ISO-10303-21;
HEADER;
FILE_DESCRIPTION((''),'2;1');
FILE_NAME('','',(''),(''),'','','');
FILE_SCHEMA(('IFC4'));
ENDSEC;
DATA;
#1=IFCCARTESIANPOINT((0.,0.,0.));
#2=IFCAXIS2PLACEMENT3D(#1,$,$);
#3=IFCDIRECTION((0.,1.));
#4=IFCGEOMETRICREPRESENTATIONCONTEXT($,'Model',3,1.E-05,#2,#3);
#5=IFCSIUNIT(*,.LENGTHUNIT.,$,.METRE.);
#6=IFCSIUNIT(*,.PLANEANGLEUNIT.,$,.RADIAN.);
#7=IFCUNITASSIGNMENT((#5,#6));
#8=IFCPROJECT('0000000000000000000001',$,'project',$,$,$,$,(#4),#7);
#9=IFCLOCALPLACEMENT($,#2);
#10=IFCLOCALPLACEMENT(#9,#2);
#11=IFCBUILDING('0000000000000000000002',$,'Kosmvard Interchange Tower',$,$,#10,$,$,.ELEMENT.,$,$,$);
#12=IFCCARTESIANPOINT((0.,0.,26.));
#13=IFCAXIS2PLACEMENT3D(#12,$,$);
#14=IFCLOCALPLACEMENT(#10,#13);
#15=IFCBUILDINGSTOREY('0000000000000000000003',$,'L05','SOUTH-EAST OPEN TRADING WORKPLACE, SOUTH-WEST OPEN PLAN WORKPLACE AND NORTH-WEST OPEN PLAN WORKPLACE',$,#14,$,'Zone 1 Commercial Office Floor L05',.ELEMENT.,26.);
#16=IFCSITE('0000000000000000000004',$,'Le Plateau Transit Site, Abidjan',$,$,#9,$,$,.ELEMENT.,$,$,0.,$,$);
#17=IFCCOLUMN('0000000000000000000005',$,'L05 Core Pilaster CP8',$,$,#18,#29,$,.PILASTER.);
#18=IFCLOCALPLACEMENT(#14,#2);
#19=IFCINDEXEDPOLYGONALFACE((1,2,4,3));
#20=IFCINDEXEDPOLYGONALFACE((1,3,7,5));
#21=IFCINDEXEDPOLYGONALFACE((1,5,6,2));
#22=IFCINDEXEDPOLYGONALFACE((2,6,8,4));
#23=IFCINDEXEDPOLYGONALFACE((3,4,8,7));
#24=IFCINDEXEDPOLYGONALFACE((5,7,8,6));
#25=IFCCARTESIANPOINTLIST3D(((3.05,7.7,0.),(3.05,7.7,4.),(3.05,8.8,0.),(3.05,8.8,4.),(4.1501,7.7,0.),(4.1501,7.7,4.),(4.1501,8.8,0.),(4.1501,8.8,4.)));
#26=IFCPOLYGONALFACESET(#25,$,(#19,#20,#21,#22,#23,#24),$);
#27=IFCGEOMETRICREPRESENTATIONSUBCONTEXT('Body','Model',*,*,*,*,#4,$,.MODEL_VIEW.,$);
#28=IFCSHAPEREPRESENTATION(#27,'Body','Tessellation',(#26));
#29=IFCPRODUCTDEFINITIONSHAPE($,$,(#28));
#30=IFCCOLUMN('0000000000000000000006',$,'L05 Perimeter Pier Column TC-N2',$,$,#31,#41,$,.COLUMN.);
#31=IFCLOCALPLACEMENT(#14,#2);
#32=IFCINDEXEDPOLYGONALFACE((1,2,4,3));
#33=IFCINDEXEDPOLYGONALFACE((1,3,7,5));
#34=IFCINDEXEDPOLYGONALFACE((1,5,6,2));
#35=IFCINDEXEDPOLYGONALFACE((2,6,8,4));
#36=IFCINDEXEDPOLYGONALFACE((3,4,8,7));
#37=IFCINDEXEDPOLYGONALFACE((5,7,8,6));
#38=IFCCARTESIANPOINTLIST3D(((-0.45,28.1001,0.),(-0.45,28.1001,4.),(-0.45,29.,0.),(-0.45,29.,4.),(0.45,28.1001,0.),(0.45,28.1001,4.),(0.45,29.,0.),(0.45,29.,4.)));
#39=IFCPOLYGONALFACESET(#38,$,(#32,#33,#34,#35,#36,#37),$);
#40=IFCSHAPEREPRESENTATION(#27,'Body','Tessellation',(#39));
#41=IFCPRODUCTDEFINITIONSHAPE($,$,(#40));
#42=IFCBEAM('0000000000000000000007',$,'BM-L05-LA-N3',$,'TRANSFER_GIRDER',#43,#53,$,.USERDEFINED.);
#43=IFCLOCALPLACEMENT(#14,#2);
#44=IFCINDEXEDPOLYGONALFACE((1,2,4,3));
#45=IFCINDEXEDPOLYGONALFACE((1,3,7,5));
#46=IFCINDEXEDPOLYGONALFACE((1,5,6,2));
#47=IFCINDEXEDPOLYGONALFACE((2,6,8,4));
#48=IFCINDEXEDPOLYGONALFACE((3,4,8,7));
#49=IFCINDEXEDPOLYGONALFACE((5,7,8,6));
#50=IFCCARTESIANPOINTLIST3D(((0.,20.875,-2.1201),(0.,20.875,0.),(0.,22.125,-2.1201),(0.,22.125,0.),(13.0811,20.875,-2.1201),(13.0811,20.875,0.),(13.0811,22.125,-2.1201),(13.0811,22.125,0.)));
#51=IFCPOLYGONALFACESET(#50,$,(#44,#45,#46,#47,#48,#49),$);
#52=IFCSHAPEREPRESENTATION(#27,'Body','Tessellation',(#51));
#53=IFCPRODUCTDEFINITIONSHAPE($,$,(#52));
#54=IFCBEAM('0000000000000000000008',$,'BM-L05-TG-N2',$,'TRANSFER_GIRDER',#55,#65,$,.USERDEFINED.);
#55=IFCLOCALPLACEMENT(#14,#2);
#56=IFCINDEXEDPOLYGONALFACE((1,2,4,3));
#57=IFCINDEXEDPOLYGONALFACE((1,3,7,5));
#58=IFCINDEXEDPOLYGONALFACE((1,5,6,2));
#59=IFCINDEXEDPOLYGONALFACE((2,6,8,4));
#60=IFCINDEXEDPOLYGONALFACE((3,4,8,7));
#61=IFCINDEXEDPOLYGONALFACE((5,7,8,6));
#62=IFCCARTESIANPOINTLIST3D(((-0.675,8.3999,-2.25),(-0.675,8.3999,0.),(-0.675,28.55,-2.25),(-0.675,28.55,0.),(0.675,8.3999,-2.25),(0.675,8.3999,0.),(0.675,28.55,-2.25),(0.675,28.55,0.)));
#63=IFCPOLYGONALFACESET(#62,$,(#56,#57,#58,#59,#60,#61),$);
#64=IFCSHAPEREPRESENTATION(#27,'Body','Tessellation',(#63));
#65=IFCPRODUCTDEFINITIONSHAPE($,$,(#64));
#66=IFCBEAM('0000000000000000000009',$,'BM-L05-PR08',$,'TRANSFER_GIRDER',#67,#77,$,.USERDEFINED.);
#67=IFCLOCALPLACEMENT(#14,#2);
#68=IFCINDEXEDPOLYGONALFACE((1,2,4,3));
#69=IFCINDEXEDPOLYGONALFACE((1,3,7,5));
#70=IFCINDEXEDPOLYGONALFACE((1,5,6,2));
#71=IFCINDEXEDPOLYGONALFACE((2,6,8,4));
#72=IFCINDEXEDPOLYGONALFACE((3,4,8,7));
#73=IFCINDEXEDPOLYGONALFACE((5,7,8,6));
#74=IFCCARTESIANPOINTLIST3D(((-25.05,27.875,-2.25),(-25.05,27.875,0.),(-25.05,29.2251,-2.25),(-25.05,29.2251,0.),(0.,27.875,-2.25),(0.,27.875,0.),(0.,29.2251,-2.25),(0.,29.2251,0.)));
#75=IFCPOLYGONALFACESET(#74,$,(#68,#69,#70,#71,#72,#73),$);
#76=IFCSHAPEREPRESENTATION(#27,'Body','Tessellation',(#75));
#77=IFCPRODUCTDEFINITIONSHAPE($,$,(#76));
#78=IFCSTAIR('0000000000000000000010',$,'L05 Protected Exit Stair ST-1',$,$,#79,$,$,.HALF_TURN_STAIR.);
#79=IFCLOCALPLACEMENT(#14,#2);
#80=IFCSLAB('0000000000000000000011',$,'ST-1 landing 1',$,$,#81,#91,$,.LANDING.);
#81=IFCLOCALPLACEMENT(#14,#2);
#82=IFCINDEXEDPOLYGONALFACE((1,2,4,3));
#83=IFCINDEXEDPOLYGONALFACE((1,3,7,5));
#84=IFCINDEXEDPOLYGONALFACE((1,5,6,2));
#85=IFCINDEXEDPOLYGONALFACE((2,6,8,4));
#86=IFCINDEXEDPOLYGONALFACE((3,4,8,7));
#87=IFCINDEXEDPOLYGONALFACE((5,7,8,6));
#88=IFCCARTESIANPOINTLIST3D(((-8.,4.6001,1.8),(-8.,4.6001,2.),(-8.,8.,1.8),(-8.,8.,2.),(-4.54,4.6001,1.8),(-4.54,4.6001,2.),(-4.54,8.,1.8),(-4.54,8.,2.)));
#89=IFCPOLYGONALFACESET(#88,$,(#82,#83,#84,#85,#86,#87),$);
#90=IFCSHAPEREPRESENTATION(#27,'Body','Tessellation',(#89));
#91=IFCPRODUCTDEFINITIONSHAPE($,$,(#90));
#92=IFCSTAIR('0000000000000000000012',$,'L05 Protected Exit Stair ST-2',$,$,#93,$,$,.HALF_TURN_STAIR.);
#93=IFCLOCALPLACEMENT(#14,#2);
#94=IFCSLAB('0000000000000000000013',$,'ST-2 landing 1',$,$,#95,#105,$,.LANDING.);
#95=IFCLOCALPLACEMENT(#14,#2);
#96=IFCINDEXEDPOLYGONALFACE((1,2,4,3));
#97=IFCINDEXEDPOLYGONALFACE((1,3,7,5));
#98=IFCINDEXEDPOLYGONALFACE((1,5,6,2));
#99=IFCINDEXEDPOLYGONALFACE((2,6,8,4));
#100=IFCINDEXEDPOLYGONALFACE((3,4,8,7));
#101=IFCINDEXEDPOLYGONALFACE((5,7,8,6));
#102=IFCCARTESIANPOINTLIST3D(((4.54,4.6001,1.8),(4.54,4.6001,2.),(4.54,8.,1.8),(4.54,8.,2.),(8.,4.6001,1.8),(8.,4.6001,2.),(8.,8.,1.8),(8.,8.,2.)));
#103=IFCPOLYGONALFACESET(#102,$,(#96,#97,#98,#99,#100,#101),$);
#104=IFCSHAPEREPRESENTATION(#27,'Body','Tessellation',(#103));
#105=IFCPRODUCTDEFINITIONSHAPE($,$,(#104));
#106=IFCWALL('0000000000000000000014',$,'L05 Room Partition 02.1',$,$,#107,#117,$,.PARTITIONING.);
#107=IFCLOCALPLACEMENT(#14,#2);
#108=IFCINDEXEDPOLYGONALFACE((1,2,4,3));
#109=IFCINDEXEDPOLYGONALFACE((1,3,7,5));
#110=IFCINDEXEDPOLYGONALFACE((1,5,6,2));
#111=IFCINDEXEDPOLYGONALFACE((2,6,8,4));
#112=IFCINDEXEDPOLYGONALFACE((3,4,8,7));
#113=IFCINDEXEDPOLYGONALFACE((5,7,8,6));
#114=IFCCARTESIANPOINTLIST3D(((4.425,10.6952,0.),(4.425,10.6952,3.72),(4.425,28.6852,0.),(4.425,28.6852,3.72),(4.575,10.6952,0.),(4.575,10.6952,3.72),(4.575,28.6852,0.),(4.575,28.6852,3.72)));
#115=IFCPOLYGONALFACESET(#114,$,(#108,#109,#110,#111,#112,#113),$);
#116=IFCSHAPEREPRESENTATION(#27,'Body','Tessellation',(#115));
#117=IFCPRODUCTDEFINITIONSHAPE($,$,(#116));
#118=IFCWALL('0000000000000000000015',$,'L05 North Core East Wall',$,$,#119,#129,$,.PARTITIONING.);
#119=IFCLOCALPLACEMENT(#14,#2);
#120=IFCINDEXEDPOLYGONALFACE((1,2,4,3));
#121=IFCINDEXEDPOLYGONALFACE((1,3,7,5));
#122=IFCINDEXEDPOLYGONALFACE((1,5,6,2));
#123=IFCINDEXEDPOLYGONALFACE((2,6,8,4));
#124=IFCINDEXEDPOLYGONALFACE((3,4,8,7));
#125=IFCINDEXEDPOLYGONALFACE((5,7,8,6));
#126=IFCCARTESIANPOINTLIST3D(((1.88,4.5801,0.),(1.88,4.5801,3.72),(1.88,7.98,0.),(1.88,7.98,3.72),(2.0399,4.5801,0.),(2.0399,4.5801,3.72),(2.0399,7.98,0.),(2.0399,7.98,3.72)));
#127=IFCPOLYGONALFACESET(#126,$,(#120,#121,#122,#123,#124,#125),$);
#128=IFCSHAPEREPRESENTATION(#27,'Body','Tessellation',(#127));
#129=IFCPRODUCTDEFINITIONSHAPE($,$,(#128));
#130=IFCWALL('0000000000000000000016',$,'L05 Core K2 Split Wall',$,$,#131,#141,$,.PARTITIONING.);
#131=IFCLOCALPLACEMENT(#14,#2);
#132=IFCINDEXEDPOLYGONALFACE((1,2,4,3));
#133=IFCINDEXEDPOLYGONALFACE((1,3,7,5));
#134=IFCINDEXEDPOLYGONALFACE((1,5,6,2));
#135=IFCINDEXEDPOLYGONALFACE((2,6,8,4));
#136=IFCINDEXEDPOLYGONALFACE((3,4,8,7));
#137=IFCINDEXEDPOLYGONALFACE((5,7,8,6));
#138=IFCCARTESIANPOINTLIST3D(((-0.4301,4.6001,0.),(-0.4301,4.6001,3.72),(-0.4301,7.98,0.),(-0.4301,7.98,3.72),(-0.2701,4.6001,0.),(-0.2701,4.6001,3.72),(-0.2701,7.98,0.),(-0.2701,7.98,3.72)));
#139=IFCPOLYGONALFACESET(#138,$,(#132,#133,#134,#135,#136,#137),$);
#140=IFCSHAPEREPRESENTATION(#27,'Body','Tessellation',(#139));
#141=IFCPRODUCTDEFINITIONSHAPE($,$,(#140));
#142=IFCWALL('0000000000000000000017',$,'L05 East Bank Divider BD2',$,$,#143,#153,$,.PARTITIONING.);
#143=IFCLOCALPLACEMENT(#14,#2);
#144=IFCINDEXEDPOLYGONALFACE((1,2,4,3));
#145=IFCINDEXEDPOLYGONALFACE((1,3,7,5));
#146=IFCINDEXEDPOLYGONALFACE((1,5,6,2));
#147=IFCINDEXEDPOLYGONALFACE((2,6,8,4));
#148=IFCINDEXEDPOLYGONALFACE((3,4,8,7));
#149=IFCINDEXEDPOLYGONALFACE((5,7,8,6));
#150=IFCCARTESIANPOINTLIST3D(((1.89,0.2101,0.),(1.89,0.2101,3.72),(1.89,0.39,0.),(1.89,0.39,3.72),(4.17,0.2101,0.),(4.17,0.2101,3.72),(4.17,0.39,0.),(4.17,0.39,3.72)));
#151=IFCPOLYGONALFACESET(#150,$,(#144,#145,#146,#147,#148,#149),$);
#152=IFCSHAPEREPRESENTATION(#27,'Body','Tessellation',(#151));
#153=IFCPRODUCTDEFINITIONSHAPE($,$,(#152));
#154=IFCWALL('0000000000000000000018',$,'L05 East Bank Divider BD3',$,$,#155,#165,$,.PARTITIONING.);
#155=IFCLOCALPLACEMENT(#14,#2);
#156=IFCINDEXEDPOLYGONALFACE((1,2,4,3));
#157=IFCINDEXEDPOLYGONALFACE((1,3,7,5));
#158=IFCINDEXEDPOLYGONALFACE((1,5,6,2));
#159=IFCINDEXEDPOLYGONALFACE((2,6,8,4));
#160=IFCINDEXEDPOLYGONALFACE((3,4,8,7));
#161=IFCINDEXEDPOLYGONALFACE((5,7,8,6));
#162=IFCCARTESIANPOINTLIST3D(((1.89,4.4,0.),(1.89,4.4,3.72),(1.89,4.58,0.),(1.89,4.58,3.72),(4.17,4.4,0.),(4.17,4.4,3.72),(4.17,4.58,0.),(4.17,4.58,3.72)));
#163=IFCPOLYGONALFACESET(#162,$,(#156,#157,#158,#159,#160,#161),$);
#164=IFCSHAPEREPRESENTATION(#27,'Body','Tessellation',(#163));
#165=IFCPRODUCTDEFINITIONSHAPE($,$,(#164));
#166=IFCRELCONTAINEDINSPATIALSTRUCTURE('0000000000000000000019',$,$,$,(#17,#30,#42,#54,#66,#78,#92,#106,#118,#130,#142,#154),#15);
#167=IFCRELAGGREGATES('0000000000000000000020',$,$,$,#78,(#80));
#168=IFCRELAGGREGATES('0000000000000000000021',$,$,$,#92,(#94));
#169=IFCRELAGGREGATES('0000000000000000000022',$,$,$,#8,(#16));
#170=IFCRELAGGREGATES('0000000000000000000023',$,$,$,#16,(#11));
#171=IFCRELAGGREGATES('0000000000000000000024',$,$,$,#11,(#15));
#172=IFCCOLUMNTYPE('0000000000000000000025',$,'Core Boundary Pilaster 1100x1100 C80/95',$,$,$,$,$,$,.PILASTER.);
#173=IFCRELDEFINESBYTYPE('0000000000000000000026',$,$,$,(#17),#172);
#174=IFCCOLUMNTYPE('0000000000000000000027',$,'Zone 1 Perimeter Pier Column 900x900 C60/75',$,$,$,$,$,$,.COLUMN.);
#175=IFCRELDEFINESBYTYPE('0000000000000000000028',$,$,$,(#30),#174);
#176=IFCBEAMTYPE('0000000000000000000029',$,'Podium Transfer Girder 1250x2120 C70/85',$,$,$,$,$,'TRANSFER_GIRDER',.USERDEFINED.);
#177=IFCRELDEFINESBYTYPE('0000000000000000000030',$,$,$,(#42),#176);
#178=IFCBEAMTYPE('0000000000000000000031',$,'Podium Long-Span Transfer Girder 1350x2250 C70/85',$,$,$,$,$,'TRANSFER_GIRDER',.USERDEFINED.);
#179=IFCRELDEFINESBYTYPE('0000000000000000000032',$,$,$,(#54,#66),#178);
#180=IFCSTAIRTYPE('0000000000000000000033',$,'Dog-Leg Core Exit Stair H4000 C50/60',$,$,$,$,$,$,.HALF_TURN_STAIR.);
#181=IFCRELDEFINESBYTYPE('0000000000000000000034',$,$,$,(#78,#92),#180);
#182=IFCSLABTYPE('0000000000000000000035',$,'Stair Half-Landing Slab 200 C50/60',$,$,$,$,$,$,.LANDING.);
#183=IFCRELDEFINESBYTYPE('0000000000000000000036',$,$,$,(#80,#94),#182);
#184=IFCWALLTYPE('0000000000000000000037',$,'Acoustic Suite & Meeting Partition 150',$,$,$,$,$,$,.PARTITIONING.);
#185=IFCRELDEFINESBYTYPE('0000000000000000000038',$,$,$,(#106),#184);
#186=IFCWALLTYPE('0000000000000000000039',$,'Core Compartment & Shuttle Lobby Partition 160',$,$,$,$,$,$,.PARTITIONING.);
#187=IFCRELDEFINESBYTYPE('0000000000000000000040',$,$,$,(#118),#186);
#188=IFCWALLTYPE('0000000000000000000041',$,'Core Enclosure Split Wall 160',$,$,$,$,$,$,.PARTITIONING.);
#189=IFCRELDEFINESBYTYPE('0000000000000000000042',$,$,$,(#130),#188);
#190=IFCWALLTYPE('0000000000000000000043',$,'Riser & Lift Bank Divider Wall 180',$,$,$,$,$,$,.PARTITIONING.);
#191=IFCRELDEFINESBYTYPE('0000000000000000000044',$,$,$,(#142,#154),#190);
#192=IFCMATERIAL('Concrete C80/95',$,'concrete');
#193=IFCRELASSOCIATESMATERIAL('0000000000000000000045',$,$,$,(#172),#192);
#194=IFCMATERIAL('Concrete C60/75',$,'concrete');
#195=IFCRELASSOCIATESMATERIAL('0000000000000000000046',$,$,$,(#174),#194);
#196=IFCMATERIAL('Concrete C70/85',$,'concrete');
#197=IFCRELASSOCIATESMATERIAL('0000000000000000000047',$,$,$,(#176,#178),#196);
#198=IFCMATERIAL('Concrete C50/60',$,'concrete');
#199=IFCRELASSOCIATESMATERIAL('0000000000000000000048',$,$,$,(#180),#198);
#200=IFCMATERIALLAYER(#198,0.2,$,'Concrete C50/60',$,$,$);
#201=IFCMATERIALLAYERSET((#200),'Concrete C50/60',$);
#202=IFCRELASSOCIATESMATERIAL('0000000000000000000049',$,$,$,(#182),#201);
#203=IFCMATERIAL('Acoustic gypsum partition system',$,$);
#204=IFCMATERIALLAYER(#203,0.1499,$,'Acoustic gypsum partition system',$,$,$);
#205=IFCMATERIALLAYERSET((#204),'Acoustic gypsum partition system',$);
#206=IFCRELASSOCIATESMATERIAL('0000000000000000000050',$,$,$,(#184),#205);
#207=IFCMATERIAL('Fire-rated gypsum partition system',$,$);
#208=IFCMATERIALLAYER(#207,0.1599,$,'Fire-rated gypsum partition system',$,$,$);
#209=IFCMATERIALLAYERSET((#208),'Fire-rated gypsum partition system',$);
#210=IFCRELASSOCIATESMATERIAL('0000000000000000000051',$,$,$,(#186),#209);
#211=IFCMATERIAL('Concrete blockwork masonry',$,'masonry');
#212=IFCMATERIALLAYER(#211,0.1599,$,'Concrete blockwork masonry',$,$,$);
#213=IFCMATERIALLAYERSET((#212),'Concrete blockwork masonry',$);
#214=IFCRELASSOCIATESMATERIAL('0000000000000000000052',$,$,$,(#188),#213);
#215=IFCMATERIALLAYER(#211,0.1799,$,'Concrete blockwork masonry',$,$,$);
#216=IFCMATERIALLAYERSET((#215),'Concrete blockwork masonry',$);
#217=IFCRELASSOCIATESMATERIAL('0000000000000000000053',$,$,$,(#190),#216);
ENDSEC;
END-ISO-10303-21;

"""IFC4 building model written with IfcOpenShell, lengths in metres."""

from ifc_helpers import new_model, si_unit, direction, frame, frame_2d, origin, origin_2d, place, context, subcontext, project, spatial, polyline, rectangle, outline, extrude, source, transform, mapped, material, layer, layer_set, material_profile, profile_set, type_object, element, aggregate, save


model = new_model("IFC4")

# Units and contexts
model_context = context("Model", 3, precision=1e-05, world=origin(), true_north=direction((0.0, 1.0)))
body_context = subcontext(model_context, "Body", "Model", "MODEL_VIEW")
ifc_project = project(units=[si_unit("LENGTHUNIT", "METRE"), si_unit("PLANEANGLEUNIT", "RADIAN")], contexts=[model_context])

# Site, building, storey
site_placement = place(None, origin())
site = spatial("IfcSite", under=ifc_project, at=site_placement, Name="Le Plateau Transit Site, Abidjan", CompositionType="ELEMENT", RefElevation=0.0)
building_placement = place(site_placement, origin())
building = spatial("IfcBuilding", under=site, at=building_placement, Name="Kosmvard Interchange Tower", CompositionType="ELEMENT")
storey_placement = place(building_placement, frame((0.0, 0.0, 26.0)))
storey = spatial("IfcBuildingStorey", under=building, at=storey_placement, Name="L05", Description="SOUTH-EAST OPEN TRADING WORKPLACE, SOUTH-WEST OPEN PLAN WORKPLACE AND NORTH-WEST OPEN PLAN WORKPLACE", LongName="Zone 1 Commercial Office Floor L05", CompositionType="ELEMENT", Elevation=26.0)

# Columns
ifc_material_1 = material(Name="Concrete C80/95", Category="concrete")
ifc_material_profile_1 = material_profile(ifc_material_1, rectangle(XDim=1.1001, YDim=1.1001, at=origin_2d()), Name="CP 1100x1100")
ifc_profile_set_1 = profile_set([ifc_material_profile_1], Name="Concrete C80/95")
column_type_1 = type_object("IfcColumnType", Name="Core Boundary Pilaster 1100x1100 C80/95", PredefinedType="PILASTER", material=ifc_profile_set_1)
shared_shape_1 = source(origin(), body_context, "Body", "SweptSolid", [
    extrude(rectangle(XDim=1.1001, YDim=1.1001, at=origin_2d()), origin(), (0.0, 0.0, 1.0), 4.0),
])
column_1_placement = place(storey_placement, frame((3.6001, 8.25, 0.0), z_axis=(0.0, 0.0, 1.0), x_axis=(1.0, 0.0, 0.0)))
element("IfcColumn", 1, at=column_1_placement, inside=storey, type_object=column_type_1, Name="L05 Core Pilaster CP8", PredefinedType="PILASTER", context=body_context, shape_type="MappedRepresentation", body=[
    mapped(shared_shape_1, transform((0.0, 0.0, 0.0), scale=1.0)),
])
ifc_material_2 = material(Name="Concrete C60/75", Category="concrete")
ifc_material_profile_2 = material_profile(ifc_material_2, rectangle(XDim=0.8999, YDim=0.8999, at=origin_2d()), Name="TC 900x900")
ifc_profile_set_2 = profile_set([ifc_material_profile_2], Name="Concrete C60/75")
column_type_2 = type_object("IfcColumnType", Name="Zone 1 Perimeter Pier Column 900x900 C60/75", PredefinedType="COLUMN", material=ifc_profile_set_2)
shared_shape_2 = source(origin(), body_context, "Body", "SweptSolid", [
    extrude(rectangle(XDim=0.8999, YDim=0.8999, at=origin_2d()), origin(), (0.0, 0.0, 1.0), 4.0),
])
column_2_placement = place(storey_placement, frame((0.0, 28.55, 0.0), z_axis=(0.0, 0.0, 1.0), x_axis=(1.0, 0.0, 0.0)))
element("IfcColumn", 2, at=column_2_placement, inside=storey, type_object=column_type_2, Name="L05 Perimeter Pier Column TC-N2", PredefinedType="COLUMN", context=body_context, shape_type="MappedRepresentation", body=[
    mapped(shared_shape_2, transform((0.0, 0.0, 0.0), scale=1.0)),
])

# Beams
ifc_material_3 = material(Name="Concrete C70/85", Category="concrete")
ifc_material_profile_3 = material_profile(ifc_material_3, rectangle(XDim=1.25, YDim=2.1201, at=origin_2d()), Name="TG 1250x2120")
ifc_profile_set_3 = profile_set([ifc_material_profile_3], Name="Concrete C70/85")
beam_type_1 = type_object("IfcBeamType", Name="Podium Transfer Girder 1250x2120 C70/85", ElementType="TRANSFER_GIRDER", PredefinedType="USERDEFINED", material=ifc_profile_set_3)
shared_shape_3 = source(origin(), body_context, "Body", "SweptSolid", [
    extrude(rectangle(XDim=1.25, YDim=2.1201, at=origin_2d()), origin(), (0.0, 0.0, 1.0), 13.0811),
])
beam_1_placement = place(storey_placement, frame((0.0, 21.5, -1.0601), z_axis=(1.0, 0.0, 0.0), x_axis=(0.0, 1.0, 0.0)))
element("IfcBeam", 3, at=beam_1_placement, inside=storey, type_object=beam_type_1, Name="BM-L05-LA-N3", ObjectType="TRANSFER_GIRDER", PredefinedType="USERDEFINED", context=body_context, shape_type="MappedRepresentation", body=[
    mapped(shared_shape_3, transform((0.0, 0.0, 0.0), scale=1.0)),
])
ifc_material_profile_4 = material_profile(ifc_material_3, rectangle(XDim=1.3501, YDim=2.25, at=origin_2d()), Name="TG 1350x2250")
ifc_profile_set_4 = profile_set([ifc_material_profile_4], Name="Concrete C70/85")
beam_type_2 = type_object("IfcBeamType", Name="Podium Long-Span Transfer Girder 1350x2250 C70/85", ElementType="TRANSFER_GIRDER", PredefinedType="USERDEFINED", material=ifc_profile_set_4)
shared_shape_4 = source(origin(), body_context, "Body", "SweptSolid", [
    extrude(rectangle(XDim=1.3501, YDim=2.25, at=origin_2d()), origin(), (0.0, 0.0, 1.0), 20.1501),
])
beam_2_placement = place(storey_placement, frame((0.0, 8.3999, -1.125), z_axis=(0.0, 1.0, 0.0), x_axis=(-1.0, 0.0, 0.0)))
element("IfcBeam", 4, at=beam_2_placement, inside=storey, type_object=beam_type_2, Name="BM-L05-TG-N2", ObjectType="TRANSFER_GIRDER", PredefinedType="USERDEFINED", context=body_context, shape_type="MappedRepresentation", body=[
    mapped(shared_shape_4, transform((0.0, 0.0, 0.0), scale=1.0)),
])
shared_shape_5 = source(origin(), body_context, "Body", "SweptSolid", [
    extrude(rectangle(XDim=1.3501, YDim=2.25, at=origin_2d()), origin(), (0.0, 0.0, 1.0), 25.05),
])
beam_3_placement = place(storey_placement, frame((0.0, 28.55, -1.125), z_axis=(-1.0, 0.0, 0.0), x_axis=(0.0, -1.0, 0.0)))
element("IfcBeam", 5, at=beam_3_placement, inside=storey, type_object=beam_type_2, Name="BM-L05-PR08", ObjectType="TRANSFER_GIRDER", PredefinedType="USERDEFINED", context=body_context, shape_type="MappedRepresentation", body=[
    mapped(shared_shape_5, transform((0.0, 0.0, 0.0), scale=1.0)),
])

# Stairs, slabs
ifc_material_4 = material(Name="Concrete C50/60", Category="concrete")
stair_type = type_object("IfcStairType", Name="Dog-Leg Core Exit Stair H4000 C50/60", PredefinedType="HALF_TURN_STAIR", material=ifc_material_4)
stair_1_placement = place(storey_placement, origin())
stair_1 = element("IfcStair", 6, at=stair_1_placement, inside=storey, type_object=stair_type, Name="L05 Protected Exit Stair ST-1", PredefinedType="HALF_TURN_STAIR")
ifc_layer_1 = layer(ifc_material_4, 0.2, Name="Concrete C50/60")
ifc_layer_set_1 = layer_set([ifc_layer_1], Name="Concrete C50/60")
slab_type = type_object("IfcSlabType", Name="Stair Half-Landing Slab 200 C50/60", PredefinedType="LANDING", material=ifc_layer_set_1)
slab_1_placement = place(storey_placement, frame((0.0, 0.0, 1.8)))
slab_1 = element("IfcSlab", 7, at=slab_1_placement, type_object=slab_type, Name="ST-1 landing 1", PredefinedType="LANDING", context=body_context, shape_type="SweptSolid", body=[
    extrude(outline(polyline([(-4.54, 4.6001), (-4.54, 8.0), (-8.0, 8.0), (-8.0, 4.6001), (-4.54, 4.6001)])), origin(), (0.0, 0.0, 1.0), 0.2),
])
aggregate(stair_1, [slab_1])
stair_2_placement = place(storey_placement, origin())
stair_2 = element("IfcStair", 8, at=stair_2_placement, inside=storey, type_object=stair_type, Name="L05 Protected Exit Stair ST-2", PredefinedType="HALF_TURN_STAIR")
slab_2_placement = place(storey_placement, frame((0.0, 0.0, 1.8)))
slab_2 = element("IfcSlab", 9, at=slab_2_placement, type_object=slab_type, Name="ST-2 landing 1", PredefinedType="LANDING", context=body_context, shape_type="SweptSolid", body=[
    extrude(outline(polyline([(8.0, 4.6001), (8.0, 8.0), (4.54, 8.0), (4.54, 4.6001), (8.0, 4.6001)])), origin(), (0.0, 0.0, 1.0), 0.2),
])

# Walls
ifc_material_5 = material(Name="Acoustic gypsum partition system")
ifc_layer_2 = layer(ifc_material_5, 0.1499, Name="Acoustic gypsum partition system")
ifc_layer_set_2 = layer_set([ifc_layer_2], Name="Acoustic gypsum partition system")
wall_type_1 = type_object("IfcWallType", Name="Acoustic Suite & Meeting Partition 150", PredefinedType="PARTITIONING", material=ifc_layer_set_2)
wall_1_placement = place(storey_placement, frame((4.5, 10.6951, 0.0), z_axis=(0.0, 0.0, 1.0), x_axis=(0.0, 1.0, 0.0)))
element("IfcWall", 10, at=wall_1_placement, inside=storey, type_object=wall_type_1, Name="L05 Room Partition 02.1", PredefinedType="PARTITIONING", context=body_context, shape_type="SweptSolid", body=[
    extrude(rectangle(XDim=17.99, YDim=0.1499, at=frame_2d((8.9951, 0.0))), origin(), (0.0, 0.0, 1.0), 3.72),
])
ifc_material_6 = material(Name="Fire-rated gypsum partition system")
ifc_layer_3 = layer(ifc_material_6, 0.1599, Name="Fire-rated gypsum partition system")
ifc_layer_set_3 = layer_set([ifc_layer_3], Name="Fire-rated gypsum partition system")
wall_type_2 = type_object("IfcWallType", Name="Core Compartment & Shuttle Lobby Partition 160", PredefinedType="PARTITIONING", material=ifc_layer_set_3)
wall_2_placement = place(storey_placement, frame((1.96, 4.5801, 0.0), z_axis=(0.0, 0.0, 1.0), x_axis=(0.0, 1.0, 0.0)))
element("IfcWall", 11, at=wall_2_placement, inside=storey, type_object=wall_type_2, Name="L05 North Core East Wall", PredefinedType="PARTITIONING", context=body_context, shape_type="SweptSolid", body=[
    extrude(rectangle(XDim=3.3999, YDim=0.1599, at=frame_2d((1.7, 0.0))), origin(), (0.0, 0.0, 1.0), 3.72),
])
ifc_material_7 = material(Name="Concrete blockwork masonry", Category="masonry")
ifc_layer_4 = layer(ifc_material_7, 0.1599, Name="Concrete blockwork masonry")
ifc_layer_set_4 = layer_set([ifc_layer_4], Name="Concrete blockwork masonry")
wall_type_3 = type_object("IfcWallType", Name="Core Enclosure Split Wall 160", PredefinedType="PARTITIONING", material=ifc_layer_set_4)
wall_3_placement = place(storey_placement, frame((-0.3501, 4.6001, 0.0), z_axis=(0.0, 0.0, 1.0), x_axis=(0.0, 1.0, 0.0)))
element("IfcWall", 12, at=wall_3_placement, inside=storey, type_object=wall_type_3, Name="L05 Core K2 Split Wall", PredefinedType="PARTITIONING", context=body_context, shape_type="SweptSolid", body=[
    extrude(rectangle(XDim=3.3799, YDim=0.1599, at=frame_2d((1.6899, 0.0))), origin(), (0.0, 0.0, 1.0), 3.72),
])
ifc_layer_5 = layer(ifc_material_7, 0.1799, Name="Concrete blockwork masonry")
ifc_layer_set_5 = layer_set([ifc_layer_5], Name="Concrete blockwork masonry")
wall_type_4 = type_object("IfcWallType", Name="Riser & Lift Bank Divider Wall 180", PredefinedType="PARTITIONING", material=ifc_layer_set_5)
for number, where, z_axis, x_axis, name in (
    (13, (1.8899, 0.3, 0.0), (0.0, 0.0, 1.0), (1.0, 0.0, 0.0), "L05 East Bank Divider BD2"),
    (14, (1.8899, 4.49, 0.0), (0.0, 0.0, 1.0), (1.0, 0.0, 0.0), "L05 East Bank Divider BD3"),
):
    element("IfcWall", number, at=place(storey_placement, frame(where, z_axis=z_axis, x_axis=x_axis)), inside=storey, type_object=wall_type_4, Name=name, PredefinedType="PARTITIONING", context=body_context, shape_type="SweptSolid", body=[
        extrude(rectangle(XDim=2.28, YDim=0.1799, at=frame_2d((1.1401, 0.0))), origin(), (0.0, 0.0, 1.0), 3.72),
    ])

aggregate(stair_2, [slab_2])

save(model, "model.ifc")
